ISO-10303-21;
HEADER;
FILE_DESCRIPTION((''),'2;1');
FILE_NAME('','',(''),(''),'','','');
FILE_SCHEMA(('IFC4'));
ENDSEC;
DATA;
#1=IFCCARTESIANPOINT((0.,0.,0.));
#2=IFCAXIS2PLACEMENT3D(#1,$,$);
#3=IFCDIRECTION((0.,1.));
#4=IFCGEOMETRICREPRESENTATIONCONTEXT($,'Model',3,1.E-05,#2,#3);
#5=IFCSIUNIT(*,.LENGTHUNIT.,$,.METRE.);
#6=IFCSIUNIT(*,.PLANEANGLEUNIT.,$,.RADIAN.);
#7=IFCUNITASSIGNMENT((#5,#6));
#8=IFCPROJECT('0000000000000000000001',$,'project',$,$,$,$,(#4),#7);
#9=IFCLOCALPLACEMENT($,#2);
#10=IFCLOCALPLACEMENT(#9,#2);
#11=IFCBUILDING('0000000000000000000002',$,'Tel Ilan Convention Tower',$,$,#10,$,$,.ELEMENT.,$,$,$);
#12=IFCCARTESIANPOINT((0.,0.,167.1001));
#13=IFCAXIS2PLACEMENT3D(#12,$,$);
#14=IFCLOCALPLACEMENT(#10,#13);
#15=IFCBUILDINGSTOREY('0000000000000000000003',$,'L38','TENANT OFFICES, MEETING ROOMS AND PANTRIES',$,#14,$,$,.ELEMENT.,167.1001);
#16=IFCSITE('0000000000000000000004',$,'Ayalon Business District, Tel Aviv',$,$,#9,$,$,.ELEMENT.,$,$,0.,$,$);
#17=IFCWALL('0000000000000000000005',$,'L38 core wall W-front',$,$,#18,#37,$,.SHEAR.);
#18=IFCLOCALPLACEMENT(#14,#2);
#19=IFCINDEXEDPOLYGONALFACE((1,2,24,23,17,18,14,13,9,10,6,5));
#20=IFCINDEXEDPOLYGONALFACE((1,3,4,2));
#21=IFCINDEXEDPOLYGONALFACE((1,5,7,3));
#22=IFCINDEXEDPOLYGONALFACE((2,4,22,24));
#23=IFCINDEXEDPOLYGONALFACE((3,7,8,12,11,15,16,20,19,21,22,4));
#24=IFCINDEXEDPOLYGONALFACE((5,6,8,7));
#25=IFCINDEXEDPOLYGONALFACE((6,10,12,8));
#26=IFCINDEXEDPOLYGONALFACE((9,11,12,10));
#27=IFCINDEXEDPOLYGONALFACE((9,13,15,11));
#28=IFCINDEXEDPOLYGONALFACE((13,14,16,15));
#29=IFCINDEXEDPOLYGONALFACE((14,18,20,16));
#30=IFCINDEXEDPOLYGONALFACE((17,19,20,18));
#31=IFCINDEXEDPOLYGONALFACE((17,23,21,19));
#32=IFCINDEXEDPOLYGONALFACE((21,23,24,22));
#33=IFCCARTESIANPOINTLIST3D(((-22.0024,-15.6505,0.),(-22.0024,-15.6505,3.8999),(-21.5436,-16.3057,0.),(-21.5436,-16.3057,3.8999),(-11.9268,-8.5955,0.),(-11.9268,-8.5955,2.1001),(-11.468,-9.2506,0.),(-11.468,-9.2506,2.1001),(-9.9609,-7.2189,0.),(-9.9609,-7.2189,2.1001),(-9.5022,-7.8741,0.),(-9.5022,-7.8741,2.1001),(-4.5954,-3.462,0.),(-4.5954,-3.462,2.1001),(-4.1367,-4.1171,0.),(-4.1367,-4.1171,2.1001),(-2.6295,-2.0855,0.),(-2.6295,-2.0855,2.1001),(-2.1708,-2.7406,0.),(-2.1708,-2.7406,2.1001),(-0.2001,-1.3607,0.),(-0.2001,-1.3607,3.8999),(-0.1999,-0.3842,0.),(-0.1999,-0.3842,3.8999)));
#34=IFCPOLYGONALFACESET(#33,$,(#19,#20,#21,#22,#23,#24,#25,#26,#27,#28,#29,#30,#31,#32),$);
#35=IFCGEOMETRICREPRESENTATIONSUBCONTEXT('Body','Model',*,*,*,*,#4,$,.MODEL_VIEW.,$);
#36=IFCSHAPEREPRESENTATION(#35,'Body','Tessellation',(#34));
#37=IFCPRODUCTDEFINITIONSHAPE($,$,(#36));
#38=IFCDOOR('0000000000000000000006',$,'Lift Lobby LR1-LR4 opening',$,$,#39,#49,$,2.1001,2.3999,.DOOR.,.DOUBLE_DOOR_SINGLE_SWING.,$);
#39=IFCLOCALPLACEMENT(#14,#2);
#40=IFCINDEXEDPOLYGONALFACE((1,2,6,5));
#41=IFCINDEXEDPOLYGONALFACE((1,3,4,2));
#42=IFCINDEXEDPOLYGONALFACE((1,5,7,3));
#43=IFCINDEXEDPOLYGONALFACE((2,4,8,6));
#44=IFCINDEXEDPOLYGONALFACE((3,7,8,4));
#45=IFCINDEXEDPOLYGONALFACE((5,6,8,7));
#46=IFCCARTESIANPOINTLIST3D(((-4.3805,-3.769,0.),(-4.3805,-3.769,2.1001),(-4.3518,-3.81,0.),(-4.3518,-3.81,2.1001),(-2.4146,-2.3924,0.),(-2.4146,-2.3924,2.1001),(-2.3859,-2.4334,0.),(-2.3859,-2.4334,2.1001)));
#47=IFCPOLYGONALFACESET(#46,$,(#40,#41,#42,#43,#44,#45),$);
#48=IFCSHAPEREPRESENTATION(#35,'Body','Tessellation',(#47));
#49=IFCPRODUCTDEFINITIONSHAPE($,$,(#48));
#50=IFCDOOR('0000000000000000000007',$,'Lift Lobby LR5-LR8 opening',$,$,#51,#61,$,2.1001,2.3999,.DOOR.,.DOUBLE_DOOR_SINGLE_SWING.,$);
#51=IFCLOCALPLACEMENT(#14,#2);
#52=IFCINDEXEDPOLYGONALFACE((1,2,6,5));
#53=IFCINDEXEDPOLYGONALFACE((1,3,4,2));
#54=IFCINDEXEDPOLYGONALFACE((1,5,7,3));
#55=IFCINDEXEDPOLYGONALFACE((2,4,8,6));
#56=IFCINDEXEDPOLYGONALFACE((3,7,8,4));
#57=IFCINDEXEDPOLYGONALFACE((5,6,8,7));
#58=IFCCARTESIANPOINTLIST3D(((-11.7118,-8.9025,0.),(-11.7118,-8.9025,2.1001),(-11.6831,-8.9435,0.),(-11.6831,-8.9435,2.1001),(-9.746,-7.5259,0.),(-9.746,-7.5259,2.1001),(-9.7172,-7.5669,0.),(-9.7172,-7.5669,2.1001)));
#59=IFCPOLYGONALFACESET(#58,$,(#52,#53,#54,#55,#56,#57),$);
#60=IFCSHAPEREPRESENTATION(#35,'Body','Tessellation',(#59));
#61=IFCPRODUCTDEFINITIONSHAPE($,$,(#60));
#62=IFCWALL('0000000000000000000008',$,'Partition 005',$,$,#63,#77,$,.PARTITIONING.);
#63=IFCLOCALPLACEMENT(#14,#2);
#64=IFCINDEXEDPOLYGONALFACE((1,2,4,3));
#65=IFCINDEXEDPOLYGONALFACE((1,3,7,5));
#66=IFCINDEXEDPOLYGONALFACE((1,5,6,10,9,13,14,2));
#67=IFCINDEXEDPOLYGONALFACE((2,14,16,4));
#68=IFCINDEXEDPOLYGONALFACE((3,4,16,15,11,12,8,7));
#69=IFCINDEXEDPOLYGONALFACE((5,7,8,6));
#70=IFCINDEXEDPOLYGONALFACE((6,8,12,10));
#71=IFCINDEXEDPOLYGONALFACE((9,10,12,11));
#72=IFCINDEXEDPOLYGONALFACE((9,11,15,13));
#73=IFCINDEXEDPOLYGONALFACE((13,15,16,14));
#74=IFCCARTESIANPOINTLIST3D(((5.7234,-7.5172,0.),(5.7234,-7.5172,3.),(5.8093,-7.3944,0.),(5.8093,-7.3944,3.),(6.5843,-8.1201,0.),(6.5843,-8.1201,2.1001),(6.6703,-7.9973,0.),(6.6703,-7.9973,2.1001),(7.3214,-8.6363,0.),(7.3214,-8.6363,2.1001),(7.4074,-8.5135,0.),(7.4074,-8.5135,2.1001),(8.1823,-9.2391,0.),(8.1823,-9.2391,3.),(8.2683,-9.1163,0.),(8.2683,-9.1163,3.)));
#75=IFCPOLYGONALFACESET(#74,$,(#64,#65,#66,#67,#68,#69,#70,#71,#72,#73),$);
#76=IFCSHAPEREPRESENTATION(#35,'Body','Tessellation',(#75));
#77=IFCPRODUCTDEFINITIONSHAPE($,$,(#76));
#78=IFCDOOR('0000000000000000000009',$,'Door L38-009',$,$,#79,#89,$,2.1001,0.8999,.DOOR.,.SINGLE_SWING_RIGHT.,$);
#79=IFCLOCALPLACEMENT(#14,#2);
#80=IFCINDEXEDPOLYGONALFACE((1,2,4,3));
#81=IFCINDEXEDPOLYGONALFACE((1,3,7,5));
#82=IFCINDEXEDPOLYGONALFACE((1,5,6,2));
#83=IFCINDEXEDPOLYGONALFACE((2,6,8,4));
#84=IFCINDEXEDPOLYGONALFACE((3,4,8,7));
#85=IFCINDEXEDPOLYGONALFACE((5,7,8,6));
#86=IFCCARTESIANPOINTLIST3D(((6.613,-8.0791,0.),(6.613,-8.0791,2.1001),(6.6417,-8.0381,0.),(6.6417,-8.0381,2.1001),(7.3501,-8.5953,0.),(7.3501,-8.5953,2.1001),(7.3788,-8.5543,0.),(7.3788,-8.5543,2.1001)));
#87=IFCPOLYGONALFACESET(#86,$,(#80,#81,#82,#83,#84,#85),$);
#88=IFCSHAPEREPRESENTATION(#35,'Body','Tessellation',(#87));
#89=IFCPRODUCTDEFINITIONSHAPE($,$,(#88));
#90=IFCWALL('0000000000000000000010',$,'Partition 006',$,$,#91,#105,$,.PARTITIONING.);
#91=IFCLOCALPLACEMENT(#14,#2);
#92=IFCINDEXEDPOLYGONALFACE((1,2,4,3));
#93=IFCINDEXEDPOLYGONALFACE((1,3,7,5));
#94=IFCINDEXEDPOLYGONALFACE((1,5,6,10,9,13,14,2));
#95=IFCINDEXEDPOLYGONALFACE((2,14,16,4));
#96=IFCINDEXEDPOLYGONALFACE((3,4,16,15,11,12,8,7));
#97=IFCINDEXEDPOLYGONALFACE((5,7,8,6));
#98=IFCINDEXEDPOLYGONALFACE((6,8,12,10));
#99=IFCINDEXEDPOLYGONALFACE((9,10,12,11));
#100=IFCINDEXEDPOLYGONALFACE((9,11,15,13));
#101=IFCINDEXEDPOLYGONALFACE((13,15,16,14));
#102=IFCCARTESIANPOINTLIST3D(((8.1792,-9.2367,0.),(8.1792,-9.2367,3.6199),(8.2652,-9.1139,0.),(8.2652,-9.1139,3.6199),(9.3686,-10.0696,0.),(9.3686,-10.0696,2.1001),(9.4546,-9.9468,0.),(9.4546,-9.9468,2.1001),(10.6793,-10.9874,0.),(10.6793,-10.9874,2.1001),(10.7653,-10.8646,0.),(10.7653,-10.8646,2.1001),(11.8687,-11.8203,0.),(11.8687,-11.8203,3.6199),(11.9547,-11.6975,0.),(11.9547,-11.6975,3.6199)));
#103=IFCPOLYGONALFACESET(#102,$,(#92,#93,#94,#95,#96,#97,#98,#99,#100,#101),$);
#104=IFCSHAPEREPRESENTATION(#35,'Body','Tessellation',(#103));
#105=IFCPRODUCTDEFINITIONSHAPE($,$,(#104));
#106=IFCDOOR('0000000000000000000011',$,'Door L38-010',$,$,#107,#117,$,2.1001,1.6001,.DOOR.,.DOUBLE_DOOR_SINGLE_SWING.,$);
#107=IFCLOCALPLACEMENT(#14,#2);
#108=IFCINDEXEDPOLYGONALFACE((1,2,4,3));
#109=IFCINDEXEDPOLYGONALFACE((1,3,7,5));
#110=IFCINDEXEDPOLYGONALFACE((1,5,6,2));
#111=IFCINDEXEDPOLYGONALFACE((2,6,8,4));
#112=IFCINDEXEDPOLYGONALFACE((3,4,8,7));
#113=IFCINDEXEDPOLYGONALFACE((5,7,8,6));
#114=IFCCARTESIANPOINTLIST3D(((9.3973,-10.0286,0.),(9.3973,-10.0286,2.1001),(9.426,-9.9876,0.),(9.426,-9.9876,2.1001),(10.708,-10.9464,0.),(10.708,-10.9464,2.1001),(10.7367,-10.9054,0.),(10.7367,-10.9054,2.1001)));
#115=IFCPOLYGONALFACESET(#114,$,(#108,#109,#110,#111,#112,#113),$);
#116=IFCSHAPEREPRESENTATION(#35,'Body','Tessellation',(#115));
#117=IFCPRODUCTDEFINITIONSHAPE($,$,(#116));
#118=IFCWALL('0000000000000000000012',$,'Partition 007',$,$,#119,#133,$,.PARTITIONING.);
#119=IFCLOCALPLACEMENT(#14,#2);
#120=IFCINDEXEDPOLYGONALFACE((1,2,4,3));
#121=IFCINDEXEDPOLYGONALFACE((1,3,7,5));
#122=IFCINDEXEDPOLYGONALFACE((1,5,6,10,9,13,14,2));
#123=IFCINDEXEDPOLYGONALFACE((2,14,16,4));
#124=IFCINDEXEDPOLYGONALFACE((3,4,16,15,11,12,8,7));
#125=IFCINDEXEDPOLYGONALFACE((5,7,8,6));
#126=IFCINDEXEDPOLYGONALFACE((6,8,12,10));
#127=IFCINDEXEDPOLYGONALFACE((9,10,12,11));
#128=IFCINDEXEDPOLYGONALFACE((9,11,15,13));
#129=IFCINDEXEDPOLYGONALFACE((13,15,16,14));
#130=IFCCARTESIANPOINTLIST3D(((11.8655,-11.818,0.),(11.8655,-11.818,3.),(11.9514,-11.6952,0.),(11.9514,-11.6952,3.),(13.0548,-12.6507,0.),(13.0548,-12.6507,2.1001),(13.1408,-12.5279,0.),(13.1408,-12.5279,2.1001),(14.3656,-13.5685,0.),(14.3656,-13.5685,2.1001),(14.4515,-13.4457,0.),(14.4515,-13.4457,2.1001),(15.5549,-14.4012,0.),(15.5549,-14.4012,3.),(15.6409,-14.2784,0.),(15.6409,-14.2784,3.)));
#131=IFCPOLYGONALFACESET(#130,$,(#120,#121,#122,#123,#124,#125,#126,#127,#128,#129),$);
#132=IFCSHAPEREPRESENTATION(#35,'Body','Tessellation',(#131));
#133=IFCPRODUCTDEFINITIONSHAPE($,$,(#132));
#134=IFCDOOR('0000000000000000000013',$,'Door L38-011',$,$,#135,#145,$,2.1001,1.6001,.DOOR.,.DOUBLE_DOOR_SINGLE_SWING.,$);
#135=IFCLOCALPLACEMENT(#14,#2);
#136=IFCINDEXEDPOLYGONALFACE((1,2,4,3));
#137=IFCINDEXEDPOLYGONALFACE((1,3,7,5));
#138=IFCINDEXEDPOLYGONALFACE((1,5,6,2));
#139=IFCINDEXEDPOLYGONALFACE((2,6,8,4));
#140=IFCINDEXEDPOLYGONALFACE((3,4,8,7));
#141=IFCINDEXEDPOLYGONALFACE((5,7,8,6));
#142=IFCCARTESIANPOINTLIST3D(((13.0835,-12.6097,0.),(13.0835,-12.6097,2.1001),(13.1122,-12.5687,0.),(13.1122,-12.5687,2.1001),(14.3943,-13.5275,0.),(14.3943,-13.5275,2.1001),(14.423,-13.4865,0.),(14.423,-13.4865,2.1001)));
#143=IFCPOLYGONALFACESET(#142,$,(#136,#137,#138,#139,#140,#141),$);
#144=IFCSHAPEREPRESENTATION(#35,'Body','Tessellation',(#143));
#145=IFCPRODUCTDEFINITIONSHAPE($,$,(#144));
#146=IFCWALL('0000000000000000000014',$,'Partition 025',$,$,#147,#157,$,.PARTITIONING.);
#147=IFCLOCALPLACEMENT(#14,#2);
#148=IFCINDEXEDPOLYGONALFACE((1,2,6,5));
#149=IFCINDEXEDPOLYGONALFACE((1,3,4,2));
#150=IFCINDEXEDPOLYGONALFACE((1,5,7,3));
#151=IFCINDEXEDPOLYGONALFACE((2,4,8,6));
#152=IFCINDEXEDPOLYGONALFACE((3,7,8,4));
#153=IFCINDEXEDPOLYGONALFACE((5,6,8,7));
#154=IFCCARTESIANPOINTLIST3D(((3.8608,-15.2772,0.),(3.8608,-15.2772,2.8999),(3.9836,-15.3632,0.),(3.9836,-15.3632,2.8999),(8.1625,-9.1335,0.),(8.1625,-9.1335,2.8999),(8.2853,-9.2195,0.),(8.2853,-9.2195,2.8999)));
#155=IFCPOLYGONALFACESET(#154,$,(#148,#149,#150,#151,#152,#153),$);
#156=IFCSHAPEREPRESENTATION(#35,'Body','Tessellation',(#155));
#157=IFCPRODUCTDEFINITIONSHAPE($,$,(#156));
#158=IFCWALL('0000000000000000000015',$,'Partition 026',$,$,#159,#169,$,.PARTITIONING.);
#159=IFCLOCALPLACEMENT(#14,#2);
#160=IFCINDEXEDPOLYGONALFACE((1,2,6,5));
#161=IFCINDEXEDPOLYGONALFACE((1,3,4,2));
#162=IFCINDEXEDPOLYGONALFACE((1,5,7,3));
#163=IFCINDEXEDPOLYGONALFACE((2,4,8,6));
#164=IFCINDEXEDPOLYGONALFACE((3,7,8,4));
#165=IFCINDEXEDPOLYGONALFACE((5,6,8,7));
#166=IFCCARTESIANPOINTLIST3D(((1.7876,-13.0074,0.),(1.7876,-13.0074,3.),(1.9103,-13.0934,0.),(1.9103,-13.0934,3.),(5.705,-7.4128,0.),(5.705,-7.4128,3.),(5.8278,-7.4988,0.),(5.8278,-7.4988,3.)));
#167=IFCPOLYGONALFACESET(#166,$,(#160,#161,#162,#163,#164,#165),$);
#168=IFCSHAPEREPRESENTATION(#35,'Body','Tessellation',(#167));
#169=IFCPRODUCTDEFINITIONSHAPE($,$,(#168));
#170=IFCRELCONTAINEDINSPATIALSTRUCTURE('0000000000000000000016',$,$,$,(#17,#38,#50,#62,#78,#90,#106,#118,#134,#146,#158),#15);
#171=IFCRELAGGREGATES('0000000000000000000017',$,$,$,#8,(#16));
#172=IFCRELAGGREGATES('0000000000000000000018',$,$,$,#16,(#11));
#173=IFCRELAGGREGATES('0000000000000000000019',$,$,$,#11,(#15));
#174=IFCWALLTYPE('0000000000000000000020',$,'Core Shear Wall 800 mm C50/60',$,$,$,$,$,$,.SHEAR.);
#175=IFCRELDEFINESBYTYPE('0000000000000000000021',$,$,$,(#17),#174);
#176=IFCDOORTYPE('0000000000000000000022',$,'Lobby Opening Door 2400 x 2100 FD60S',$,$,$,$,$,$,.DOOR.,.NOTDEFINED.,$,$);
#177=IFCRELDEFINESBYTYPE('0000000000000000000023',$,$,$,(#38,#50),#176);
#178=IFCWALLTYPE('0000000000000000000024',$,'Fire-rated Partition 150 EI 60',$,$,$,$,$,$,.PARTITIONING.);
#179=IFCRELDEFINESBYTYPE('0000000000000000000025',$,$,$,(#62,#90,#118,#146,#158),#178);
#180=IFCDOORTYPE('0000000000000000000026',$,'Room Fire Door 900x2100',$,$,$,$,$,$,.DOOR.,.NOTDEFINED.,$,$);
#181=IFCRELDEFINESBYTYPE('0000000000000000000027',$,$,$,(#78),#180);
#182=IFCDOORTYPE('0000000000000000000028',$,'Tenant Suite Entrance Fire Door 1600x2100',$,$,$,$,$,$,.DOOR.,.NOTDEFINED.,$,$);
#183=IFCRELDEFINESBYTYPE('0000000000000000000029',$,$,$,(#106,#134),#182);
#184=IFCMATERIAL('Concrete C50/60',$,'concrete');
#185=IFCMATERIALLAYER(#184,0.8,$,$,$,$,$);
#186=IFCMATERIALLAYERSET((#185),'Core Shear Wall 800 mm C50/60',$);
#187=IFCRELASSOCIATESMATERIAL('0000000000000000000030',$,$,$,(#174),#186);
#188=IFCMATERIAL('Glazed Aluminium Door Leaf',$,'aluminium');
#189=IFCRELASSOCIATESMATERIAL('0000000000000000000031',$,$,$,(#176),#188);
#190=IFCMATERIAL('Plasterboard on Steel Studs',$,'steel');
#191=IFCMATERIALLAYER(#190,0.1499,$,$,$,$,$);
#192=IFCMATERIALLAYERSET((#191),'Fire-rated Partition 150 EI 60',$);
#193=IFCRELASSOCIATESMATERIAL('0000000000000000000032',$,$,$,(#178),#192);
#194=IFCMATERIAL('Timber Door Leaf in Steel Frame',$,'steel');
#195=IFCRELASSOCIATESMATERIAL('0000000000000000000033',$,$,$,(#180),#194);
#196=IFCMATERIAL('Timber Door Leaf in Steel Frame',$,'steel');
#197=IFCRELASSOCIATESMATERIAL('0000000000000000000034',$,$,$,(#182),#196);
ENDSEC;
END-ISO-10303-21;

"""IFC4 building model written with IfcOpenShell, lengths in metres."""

from ifc_helpers import new_model, si_unit, direction, frame, frame_2d, origin, place, context, subcontext, project, spatial, polyline, rectangle, outline, extrude, material, layer, layer_set, type_object, element, fill, save


model = new_model("IFC4")

# Units and contexts
model_context = context("Model", 3, precision=1e-05, world=origin(), true_north=direction((0.0, 1.0)))
body_context = subcontext(model_context, "Body", "Model", "MODEL_VIEW")
ifc_project = project(units=[si_unit("LENGTHUNIT", "METRE"), si_unit("PLANEANGLEUNIT", "RADIAN")], contexts=[model_context])

# Site, building, storey
site_placement = place(None, origin())
site = spatial("IfcSite", under=ifc_project, at=site_placement, Name="Ayalon Business District, Tel Aviv", CompositionType="ELEMENT", RefElevation=0.0)
building_placement = place(site_placement, origin())
building = spatial("IfcBuilding", under=site, at=building_placement, Name="Tel Ilan Convention Tower", CompositionType="ELEMENT")
storey_placement = place(building_placement, frame((0.0, 0.0, 167.1001)))
storey = spatial("IfcBuildingStorey", under=building, at=storey_placement, Name="L38", Description="TENANT OFFICES, MEETING ROOMS AND PANTRIES", CompositionType="ELEMENT", Elevation=167.1001)

# Wall, openings, doors
ifc_material_1 = material(Name="Concrete C50/60", Category="concrete")
ifc_layer_1 = layer(ifc_material_1, 0.8)
ifc_layer_set_1 = layer_set([ifc_layer_1], Name="Core Shear Wall 800 mm C50/60")
wall_type_1 = type_object("IfcWallType", Name="Core Shear Wall 800 mm C50/60", PredefinedType="SHEAR", material=ifc_layer_set_1)
wall_1_placement = place(storey_placement, frame((0.0293, -0.7119, 0.0), z_axis=(0.0, 0.0, 1.0), x_axis=(-0.819152, -0.573577, 0.0)))
wall_1 = element("IfcWall", 1, at=wall_1_placement, inside=storey, type_object=wall_type_1, Name="L38 core wall W-front", PredefinedType="SHEAR", context=body_context, shape_type="SweptSolid", body=[
    extrude(outline(polyline([(26.6157, 0.3999), (0.5601, 0.3999), (-0.0002, -0.3999), (26.6157, -0.3999), (26.6157, 0.3999)])), origin(), (0.0, 0.0, 1.0), 3.8999),
])
opening_1_placement = place(wall_1_placement, frame((2.9658, 0.0, 0.0)))
opening_1 = element("IfcOpeningElement", 2, at=opening_1_placement, cuts=wall_1, PredefinedType="OPENING", context=body_context, shape_type="SweptSolid", body=[
    extrude(rectangle(XDim=2.3999, YDim=2.1001, at=frame_2d((1.2, 1.05))), frame((0.0, 0.4099, 0.0), z_axis=(0.0, -1.0, 0.0), x_axis=(1.0, 0.0, 0.0)), (0.0, 0.0, 1.0), 0.8201),
])
opening_2_placement = place(wall_1_placement, frame((11.9158, 0.0, 0.0)))
opening_2 = element("IfcOpeningElement", 3, at=opening_2_placement, cuts=wall_1, PredefinedType="OPENING", context=body_context, shape_type="SweptSolid", body=[
    extrude(rectangle(XDim=2.3999, YDim=2.1001, at=frame_2d((1.2, 1.05))), frame((0.0, 0.4099, 0.0), z_axis=(0.0, -1.0, 0.0), x_axis=(1.0, 0.0, 0.0)), (0.0, 0.0, 1.0), 0.8201),
])
ifc_material_2 = material(Name="Glazed Aluminium Door Leaf", Category="aluminium")
door_type_1 = type_object("IfcDoorType", Name="Lobby Opening Door 2400 x 2100 FD60S", OperationType="NOTDEFINED", PredefinedType="DOOR", material=ifc_material_2)
door_1_placement = place(opening_1_placement, origin())
door_1 = element("IfcDoor", 4, at=door_1_placement, inside=storey, type_object=door_type_1, Name="Lift Lobby LR1-LR4 opening", OperationType="DOUBLE_DOOR_SINGLE_SWING", OverallHeight=2.1001, OverallWidth=2.3999, PredefinedType="DOOR", context=body_context, shape_type="SweptSolid", body=[
    extrude(rectangle(XDim=2.3999, YDim=2.1001, at=frame_2d((1.2, 1.05))), frame((0.0, 0.0249, 0.0), z_axis=(0.0, -1.0, 0.0), x_axis=(1.0, 0.0, 0.0)), (0.0, 0.0, 1.0), 0.05),
])
fill(opening_1, door_1)
door_2_placement = place(opening_2_placement, origin())
door_2 = element("IfcDoor", 5, at=door_2_placement, inside=storey, type_object=door_type_1, Name="Lift Lobby LR5-LR8 opening", OperationType="DOUBLE_DOOR_SINGLE_SWING", OverallHeight=2.1001, OverallWidth=2.3999, PredefinedType="DOOR", context=body_context, shape_type="SweptSolid", body=[
    extrude(rectangle(XDim=2.3999, YDim=2.1001, at=frame_2d((1.2, 1.05))), frame((0.0, 0.0249, 0.0), z_axis=(0.0, -1.0, 0.0), x_axis=(1.0, 0.0, 0.0)), (0.0, 0.0, 1.0), 0.05),
])
fill(opening_2, door_2)

# Walls, openings, doors
ifc_material_3 = material(Name="Plasterboard on Steel Studs", Category="steel")
ifc_layer_2 = layer(ifc_material_3, 0.1499)
ifc_layer_set_2 = layer_set([ifc_layer_2], Name="Fire-rated Partition 150 EI 60")
wall_type_2 = type_object("IfcWallType", Name="Fire-rated Partition 150 EI 60", PredefinedType="PARTITIONING", material=ifc_layer_set_2)
wall_2_placement = place(storey_placement, frame((8.2253, -9.1777, 0.0), z_axis=(0.0, 0.0, 1.0), x_axis=(-0.819133, 0.573604, 0.0)))
wall_2 = element("IfcWall", 6, at=wall_2_placement, inside=storey, type_object=wall_type_2, Name="Partition 005", PredefinedType="PARTITIONING", context=body_context, shape_type="SweptSolid", body=[
    extrude(rectangle(XDim=3.002, YDim=0.1499, at=frame_2d((1.501, 0.0))), origin(), (0.0, 0.0, 1.0), 3.0),
])
opening_3_placement = place(wall_2_placement, frame((1.051, 0.0, 0.0)))
opening_3 = element("IfcOpeningElement", 7, at=opening_3_placement, cuts=wall_2, PredefinedType="OPENING", context=body_context, shape_type="SweptSolid", body=[
    extrude(rectangle(XDim=0.8999, YDim=2.1001, at=frame_2d((0.45, 1.05))), frame((0.0, 0.085, 0.0), z_axis=(0.0, -1.0, 0.0), x_axis=(1.0, 0.0, 0.0)), (0.0, 0.0, 1.0), 0.1699),
])
ifc_material_4 = material(Name="Timber Door Leaf in Steel Frame", Category="steel")
door_type_2 = type_object("IfcDoorType", Name="Room Fire Door 900x2100", OperationType="NOTDEFINED", PredefinedType="DOOR", material=ifc_material_4)
door_3_placement = place(opening_3_placement, origin())
door_3 = element("IfcDoor", 8, at=door_3_placement, inside=storey, type_object=door_type_2, Name="Door L38-009", OperationType="SINGLE_SWING_RIGHT", OverallHeight=2.1001, OverallWidth=0.8999, PredefinedType="DOOR", context=body_context, shape_type="SweptSolid", body=[
    extrude(rectangle(XDim=0.8999, YDim=2.1001, at=frame_2d((0.45, 1.05))), frame((0.0, 0.0249, 0.0), z_axis=(0.0, -1.0, 0.0), x_axis=(1.0, 0.0, 0.0)), (0.0, 0.0, 1.0), 0.05),
])
fill(opening_3, door_3)
wall_3_placement = place(storey_placement, frame((11.9116, -11.7588, 0.0), z_axis=(0.0, 0.0, 1.0), x_axis=(-0.81914, 0.573593, 0.0)))
wall_3 = element("IfcWall", 9, at=wall_3_placement, inside=storey, type_object=wall_type_2, Name="Partition 006", PredefinedType="PARTITIONING", context=body_context, shape_type="SweptSolid", body=[
    extrude(rectangle(XDim=4.5042, YDim=0.1499, at=frame_2d((2.252, 0.0))), origin(), (0.0, 0.0, 1.0), 3.6199),
])
opening_4_placement = place(wall_3_placement, frame((1.4519, 0.0, 0.0)))
opening_4 = element("IfcOpeningElement", 10, at=opening_4_placement, cuts=wall_3, PredefinedType="OPENING", context=body_context, shape_type="SweptSolid", body=[
    extrude(rectangle(XDim=1.6001, YDim=2.1001, at=frame_2d((0.8, 1.05))), frame((0.0, 0.085, 0.0), z_axis=(0.0, -1.0, 0.0), x_axis=(1.0, 0.0, 0.0)), (0.0, 0.0, 1.0), 0.1699),
])
ifc_material_5 = material(Name="Timber Door Leaf in Steel Frame", Category="steel")
door_type_3 = type_object("IfcDoorType", Name="Tenant Suite Entrance Fire Door 1600x2100", OperationType="NOTDEFINED", PredefinedType="DOOR", material=ifc_material_5)
door_4_placement = place(opening_4_placement, origin())
door_4 = element("IfcDoor", 11, at=door_4_placement, inside=storey, type_object=door_type_3, Name="Door L38-010", OperationType="DOUBLE_DOOR_SINGLE_SWING", OverallHeight=2.1001, OverallWidth=1.6001, PredefinedType="DOOR", context=body_context, shape_type="SweptSolid", body=[
    extrude(rectangle(XDim=1.6001, YDim=2.1001, at=frame_2d((0.8, 1.05))), frame((0.0, 0.0249, 0.0), z_axis=(0.0, -1.0, 0.0), x_axis=(1.0, 0.0, 0.0)), (0.0, 0.0, 1.0), 0.05),
])
fill(opening_4, door_4)
wall_4_placement = place(storey_placement, frame((15.5979, -14.3398, 0.0), z_axis=(0.0, 0.0, 1.0), x_axis=(-0.819166, 0.573557, 0.0)))
wall_4 = element("IfcWall", 12, at=wall_4_placement, inside=storey, type_object=wall_type_2, Name="Partition 007", PredefinedType="PARTITIONING", context=body_context, shape_type="SweptSolid", body=[
    extrude(rectangle(XDim=4.5039, YDim=0.1499, at=frame_2d((2.252, 0.0))), origin(), (0.0, 0.0, 1.0), 3.0),
])
opening_5_placement = place(wall_4_placement, frame((1.4519, 0.0, 0.0)))
opening_5 = element("IfcOpeningElement", 13, at=opening_5_placement, cuts=wall_4, PredefinedType="OPENING", context=body_context, shape_type="SweptSolid", body=[
    extrude(rectangle(XDim=1.6001, YDim=2.1001, at=frame_2d((0.8, 1.05))), frame((0.0, 0.085, 0.0), z_axis=(0.0, -1.0, 0.0), x_axis=(1.0, 0.0, 0.0)), (0.0, 0.0, 1.0), 0.1699),
])
door_5_placement = place(opening_5_placement, origin())
door_5 = element("IfcDoor", 14, at=door_5_placement, inside=storey, type_object=door_type_3, Name="Door L38-011", OperationType="DOUBLE_DOOR_SINGLE_SWING", OverallHeight=2.1001, OverallWidth=1.6001, PredefinedType="DOOR", context=body_context, shape_type="SweptSolid", body=[
    extrude(rectangle(XDim=1.6001, YDim=2.1001, at=frame_2d((0.8, 1.05))), frame((0.0, 0.0249, 0.0), z_axis=(0.0, -1.0, 0.0), x_axis=(1.0, 0.0, 0.0)), (0.0, 0.0, 1.0), 0.05),
])
fill(opening_5, door_5)

# Walls
wall_5_placement = place(storey_placement, frame((8.2239, -9.1765, 0.0), z_axis=(0.0, 0.0, 1.0), x_axis=(-0.573561, -0.819163, 0.0)))
element("IfcWall", 15, at=wall_5_placement, inside=storey, type_object=wall_type_2, Name="Partition 025", PredefinedType="PARTITIONING", context=body_context, shape_type="SweptSolid", body=[
    extrude(rectangle(XDim=7.5, YDim=0.1499, at=frame_2d((3.75, 0.0))), origin(), (0.0, 0.0, 1.0), 2.8999),
])
wall_6_placement = place(storey_placement, frame((1.8489, -13.0505, 0.0), z_axis=(0.0, 0.0, 1.0), x_axis=(0.573577, 0.819151, 0.0)))
element("IfcWall", 16, at=wall_6_placement, inside=storey, type_object=wall_type_2, Name="Partition 026", PredefinedType="PARTITIONING", context=body_context, shape_type="SweptSolid", body=[
    extrude(rectangle(XDim=6.8298, YDim=0.1499, at=frame_2d((3.415, 0.0))), origin(), (0.0, 0.0, 1.0), 3.0),
])

save(model, "model.ifc")
